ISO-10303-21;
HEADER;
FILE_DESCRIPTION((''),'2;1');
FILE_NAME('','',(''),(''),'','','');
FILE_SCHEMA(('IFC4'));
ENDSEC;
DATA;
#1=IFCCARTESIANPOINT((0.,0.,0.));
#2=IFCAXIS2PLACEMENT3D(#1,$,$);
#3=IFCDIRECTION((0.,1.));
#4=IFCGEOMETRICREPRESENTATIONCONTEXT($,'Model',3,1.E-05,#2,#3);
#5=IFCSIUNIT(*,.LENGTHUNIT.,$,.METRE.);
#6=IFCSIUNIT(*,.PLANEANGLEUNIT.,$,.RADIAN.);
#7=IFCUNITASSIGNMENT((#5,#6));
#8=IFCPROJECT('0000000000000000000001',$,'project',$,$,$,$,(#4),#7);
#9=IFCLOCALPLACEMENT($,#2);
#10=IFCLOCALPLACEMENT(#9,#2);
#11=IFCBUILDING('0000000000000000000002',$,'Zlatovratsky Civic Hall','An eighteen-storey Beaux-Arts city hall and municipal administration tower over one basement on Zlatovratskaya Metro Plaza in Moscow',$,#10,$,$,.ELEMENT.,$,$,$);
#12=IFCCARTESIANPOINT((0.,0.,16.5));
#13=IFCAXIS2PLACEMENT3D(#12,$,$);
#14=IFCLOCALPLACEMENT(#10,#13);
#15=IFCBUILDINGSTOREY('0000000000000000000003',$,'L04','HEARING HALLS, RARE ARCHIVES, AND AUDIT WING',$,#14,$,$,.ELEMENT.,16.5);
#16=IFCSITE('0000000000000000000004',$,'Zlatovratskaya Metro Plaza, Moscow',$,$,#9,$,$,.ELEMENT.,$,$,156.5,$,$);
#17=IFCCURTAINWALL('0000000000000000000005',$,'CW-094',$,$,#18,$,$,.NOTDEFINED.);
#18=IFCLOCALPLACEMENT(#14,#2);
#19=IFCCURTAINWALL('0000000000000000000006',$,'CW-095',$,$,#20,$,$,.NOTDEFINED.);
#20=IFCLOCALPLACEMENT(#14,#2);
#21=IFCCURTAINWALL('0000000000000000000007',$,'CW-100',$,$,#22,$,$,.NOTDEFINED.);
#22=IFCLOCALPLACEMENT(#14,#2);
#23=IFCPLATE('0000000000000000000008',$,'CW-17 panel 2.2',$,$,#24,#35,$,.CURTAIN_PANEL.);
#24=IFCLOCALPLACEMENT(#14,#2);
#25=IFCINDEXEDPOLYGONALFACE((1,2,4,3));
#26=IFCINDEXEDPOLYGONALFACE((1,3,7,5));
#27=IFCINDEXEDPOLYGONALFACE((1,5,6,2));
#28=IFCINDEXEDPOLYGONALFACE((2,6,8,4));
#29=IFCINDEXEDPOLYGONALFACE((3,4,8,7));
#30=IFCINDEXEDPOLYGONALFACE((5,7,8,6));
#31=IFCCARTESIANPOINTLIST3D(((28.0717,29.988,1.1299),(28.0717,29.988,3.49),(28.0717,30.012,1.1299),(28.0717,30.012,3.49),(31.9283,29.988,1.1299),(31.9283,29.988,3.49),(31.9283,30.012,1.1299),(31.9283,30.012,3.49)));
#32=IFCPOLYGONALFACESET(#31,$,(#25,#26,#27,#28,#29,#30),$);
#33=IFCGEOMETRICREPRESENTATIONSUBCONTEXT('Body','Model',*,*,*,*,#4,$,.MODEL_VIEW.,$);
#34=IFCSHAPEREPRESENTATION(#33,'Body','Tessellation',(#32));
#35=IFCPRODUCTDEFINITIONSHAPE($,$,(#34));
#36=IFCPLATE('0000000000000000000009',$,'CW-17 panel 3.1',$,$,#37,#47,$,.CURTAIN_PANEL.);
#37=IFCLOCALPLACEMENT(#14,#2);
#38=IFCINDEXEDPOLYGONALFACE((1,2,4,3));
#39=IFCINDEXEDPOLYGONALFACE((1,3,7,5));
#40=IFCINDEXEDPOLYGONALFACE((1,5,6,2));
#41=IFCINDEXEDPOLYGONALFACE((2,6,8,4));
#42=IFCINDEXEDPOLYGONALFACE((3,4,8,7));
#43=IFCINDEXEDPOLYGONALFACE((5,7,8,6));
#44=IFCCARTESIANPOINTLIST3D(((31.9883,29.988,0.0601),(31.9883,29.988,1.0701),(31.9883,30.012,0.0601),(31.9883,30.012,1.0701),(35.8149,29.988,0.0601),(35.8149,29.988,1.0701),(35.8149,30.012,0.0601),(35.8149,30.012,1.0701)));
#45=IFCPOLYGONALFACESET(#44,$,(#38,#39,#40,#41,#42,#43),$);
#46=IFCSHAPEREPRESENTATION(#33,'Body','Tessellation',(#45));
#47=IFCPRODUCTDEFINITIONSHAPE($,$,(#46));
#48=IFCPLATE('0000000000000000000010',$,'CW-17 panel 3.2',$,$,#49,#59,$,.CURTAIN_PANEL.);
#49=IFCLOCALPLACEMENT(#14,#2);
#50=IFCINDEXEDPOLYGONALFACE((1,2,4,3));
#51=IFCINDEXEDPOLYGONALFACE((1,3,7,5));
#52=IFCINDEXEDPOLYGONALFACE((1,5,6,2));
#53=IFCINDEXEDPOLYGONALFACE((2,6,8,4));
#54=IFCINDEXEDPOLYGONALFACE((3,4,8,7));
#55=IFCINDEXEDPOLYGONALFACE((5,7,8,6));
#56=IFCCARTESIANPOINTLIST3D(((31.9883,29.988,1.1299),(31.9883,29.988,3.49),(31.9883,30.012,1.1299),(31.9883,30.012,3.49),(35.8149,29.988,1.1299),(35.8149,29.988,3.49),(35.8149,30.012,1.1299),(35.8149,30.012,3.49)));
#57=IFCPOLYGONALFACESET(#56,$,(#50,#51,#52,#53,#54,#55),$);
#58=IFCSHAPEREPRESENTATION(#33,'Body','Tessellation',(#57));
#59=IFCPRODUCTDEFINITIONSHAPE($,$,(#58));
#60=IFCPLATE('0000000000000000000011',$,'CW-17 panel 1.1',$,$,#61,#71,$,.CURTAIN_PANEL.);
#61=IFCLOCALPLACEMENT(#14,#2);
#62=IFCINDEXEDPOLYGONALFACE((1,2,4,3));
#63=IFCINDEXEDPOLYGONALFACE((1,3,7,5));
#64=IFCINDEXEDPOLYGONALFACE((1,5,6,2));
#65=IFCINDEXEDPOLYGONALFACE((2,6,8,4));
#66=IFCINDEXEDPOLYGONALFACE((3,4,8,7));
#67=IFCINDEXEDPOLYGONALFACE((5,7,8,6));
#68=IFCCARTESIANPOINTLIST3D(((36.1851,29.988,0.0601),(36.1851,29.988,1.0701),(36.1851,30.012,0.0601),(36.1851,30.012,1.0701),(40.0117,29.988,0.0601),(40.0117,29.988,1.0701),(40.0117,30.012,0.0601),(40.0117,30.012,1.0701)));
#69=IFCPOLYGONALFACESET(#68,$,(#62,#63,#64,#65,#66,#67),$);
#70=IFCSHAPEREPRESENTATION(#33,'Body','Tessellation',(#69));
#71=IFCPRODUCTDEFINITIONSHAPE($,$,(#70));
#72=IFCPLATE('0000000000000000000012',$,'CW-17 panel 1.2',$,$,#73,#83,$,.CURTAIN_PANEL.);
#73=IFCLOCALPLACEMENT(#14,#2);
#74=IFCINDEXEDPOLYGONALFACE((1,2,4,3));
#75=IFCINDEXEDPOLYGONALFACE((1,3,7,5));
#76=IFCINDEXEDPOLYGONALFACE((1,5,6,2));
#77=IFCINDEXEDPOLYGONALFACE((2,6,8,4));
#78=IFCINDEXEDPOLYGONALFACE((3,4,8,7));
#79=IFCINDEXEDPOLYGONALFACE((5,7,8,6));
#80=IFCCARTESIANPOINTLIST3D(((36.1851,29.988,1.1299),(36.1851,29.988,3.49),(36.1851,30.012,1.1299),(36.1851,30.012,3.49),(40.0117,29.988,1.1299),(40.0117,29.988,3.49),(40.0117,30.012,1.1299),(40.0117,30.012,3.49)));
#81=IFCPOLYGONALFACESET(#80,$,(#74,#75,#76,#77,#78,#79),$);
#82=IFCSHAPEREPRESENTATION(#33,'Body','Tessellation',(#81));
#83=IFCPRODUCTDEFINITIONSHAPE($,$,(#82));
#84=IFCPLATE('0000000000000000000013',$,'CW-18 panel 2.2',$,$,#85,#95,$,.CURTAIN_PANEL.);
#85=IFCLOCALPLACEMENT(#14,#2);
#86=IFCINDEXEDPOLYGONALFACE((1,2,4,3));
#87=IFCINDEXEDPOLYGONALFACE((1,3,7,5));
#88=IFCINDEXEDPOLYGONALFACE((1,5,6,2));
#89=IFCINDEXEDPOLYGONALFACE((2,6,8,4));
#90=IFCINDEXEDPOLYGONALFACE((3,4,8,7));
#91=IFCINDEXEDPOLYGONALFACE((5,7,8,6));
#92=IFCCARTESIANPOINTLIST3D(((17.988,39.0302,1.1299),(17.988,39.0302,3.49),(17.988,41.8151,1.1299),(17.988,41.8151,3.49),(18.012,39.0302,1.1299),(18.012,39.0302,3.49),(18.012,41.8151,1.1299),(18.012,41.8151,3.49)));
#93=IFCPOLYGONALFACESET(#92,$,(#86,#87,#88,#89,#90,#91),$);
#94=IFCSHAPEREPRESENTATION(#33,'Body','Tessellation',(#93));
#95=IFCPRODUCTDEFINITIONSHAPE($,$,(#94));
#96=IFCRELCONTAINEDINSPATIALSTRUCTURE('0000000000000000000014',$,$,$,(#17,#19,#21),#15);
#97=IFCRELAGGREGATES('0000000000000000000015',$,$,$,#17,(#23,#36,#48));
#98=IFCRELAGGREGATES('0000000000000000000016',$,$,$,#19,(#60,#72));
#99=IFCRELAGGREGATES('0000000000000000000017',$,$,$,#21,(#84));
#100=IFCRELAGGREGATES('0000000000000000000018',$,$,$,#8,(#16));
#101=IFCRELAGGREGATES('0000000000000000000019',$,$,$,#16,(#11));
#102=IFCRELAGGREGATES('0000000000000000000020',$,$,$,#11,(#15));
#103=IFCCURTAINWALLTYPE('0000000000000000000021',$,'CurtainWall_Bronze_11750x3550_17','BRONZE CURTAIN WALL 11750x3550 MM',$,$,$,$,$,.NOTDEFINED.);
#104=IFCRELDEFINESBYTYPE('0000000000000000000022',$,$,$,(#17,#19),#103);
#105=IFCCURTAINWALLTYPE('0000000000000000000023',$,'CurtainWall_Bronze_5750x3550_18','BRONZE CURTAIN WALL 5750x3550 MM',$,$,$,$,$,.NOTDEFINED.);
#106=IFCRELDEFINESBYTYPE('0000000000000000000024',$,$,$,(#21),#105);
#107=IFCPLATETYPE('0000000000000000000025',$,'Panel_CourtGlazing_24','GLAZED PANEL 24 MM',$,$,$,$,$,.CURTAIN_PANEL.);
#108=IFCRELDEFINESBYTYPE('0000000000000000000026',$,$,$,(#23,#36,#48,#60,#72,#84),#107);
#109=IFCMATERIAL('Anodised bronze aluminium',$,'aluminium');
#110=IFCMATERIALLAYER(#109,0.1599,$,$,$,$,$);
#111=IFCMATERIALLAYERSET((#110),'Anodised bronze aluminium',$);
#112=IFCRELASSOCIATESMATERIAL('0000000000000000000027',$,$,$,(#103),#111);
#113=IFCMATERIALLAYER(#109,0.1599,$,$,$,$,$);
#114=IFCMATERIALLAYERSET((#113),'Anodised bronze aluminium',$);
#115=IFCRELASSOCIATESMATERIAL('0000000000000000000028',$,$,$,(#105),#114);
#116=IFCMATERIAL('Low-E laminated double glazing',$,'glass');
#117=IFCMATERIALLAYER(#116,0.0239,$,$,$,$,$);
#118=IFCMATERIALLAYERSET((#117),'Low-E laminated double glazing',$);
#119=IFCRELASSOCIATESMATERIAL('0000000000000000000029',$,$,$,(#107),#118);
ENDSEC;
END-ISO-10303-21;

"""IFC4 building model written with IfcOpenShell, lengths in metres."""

from ifc_helpers import new_model, si_unit, direction, frame, origin, origin_2d, place, context, subcontext, project, spatial, rectangle, extrude, material, layer, layer_set, type_object, element, aggregate, save


model = new_model("IFC4")

# Units and contexts
model_context = context("Model", 3, precision=1e-05, world=origin(), true_north=direction((0.0, 1.0)))
body_context = subcontext(model_context, "Body", "Model", "MODEL_VIEW")
ifc_project = project(units=[si_unit("LENGTHUNIT", "METRE"), si_unit("PLANEANGLEUNIT", "RADIAN")], contexts=[model_context])

# Site, building, storey
site_placement = place(None, origin())
site = spatial("IfcSite", under=ifc_project, at=site_placement, Name="Zlatovratskaya Metro Plaza, Moscow", CompositionType="ELEMENT", RefElevation=156.5)
building_placement = place(site_placement, origin())
building = spatial("IfcBuilding", under=site, at=building_placement, Name="Zlatovratsky Civic Hall", Description="An eighteen-storey Beaux-Arts city hall and municipal administration tower over one basement on Zlatovratskaya Metro Plaza in Moscow", CompositionType="ELEMENT")
storey_placement = place(building_placement, frame((0.0, 0.0, 16.5)))
storey = spatial("IfcBuildingStorey", under=building, at=storey_placement, Name="L04", Description="HEARING HALLS, RARE ARCHIVES, AND AUDIT WING", CompositionType="ELEMENT", Elevation=16.5)

# Curtain walls
ifc_material_1 = material(Name="Anodised bronze aluminium", Category="aluminium")
ifc_layer_1 = layer(ifc_material_1, 0.1599)
ifc_layer_set_1 = layer_set([ifc_layer_1], Name="Anodised bronze aluminium")
curtain_wall_type_1 = type_object("IfcCurtainWallType", Name="CurtainWall_Bronze_11750x3550_17", Description="BRONZE CURTAIN WALL 11750x3550 MM", PredefinedType="NOTDEFINED", material=ifc_layer_set_1)
curtain_wall_1_placement = place(storey_placement, origin())
curtain_wall_1 = element("IfcCurtainWall", 1, at=curtain_wall_1_placement, inside=storey, type_object=curtain_wall_type_1, Name="CW-094", PredefinedType="NOTDEFINED")
curtain_wall_2_placement = place(storey_placement, origin())
curtain_wall_2 = element("IfcCurtainWall", 2, at=curtain_wall_2_placement, inside=storey, type_object=curtain_wall_type_1, Name="CW-095", PredefinedType="NOTDEFINED")

# Curtain wall
ifc_layer_2 = layer(ifc_material_1, 0.1599)
ifc_layer_set_2 = layer_set([ifc_layer_2], Name="Anodised bronze aluminium")
curtain_wall_type_2 = type_object("IfcCurtainWallType", Name="CurtainWall_Bronze_5750x3550_18", Description="BRONZE CURTAIN WALL 5750x3550 MM", PredefinedType="NOTDEFINED", material=ifc_layer_set_2)
curtain_wall_3_placement = place(storey_placement, origin())
curtain_wall_3 = element("IfcCurtainWall", 3, at=curtain_wall_3_placement, inside=storey, type_object=curtain_wall_type_2, Name="CW-100", PredefinedType="NOTDEFINED")

# Plates
ifc_material_2 = material(Name="Low-E laminated double glazing", Category="glass")
ifc_layer_3 = layer(ifc_material_2, 0.0239)
ifc_layer_set_3 = layer_set([ifc_layer_3], Name="Low-E laminated double glazing")
plate_type = type_object("IfcPlateType", Name="Panel_CourtGlazing_24", Description="GLAZED PANEL 24 MM", PredefinedType="CURTAIN_PANEL", material=ifc_layer_set_3)
plate_1_placement = place(storey_placement, frame((30.0, 30.0, 1.1299), z_axis=(0.0, 0.0, 1.0), x_axis=(1.0, 0.0, 0.0)))
plate_1 = element("IfcPlate", 4, at=plate_1_placement, type_object=plate_type, Name="CW-17 panel 2.2", PredefinedType="CURTAIN_PANEL", context=body_context, shape_type="SweptSolid", body=[
    extrude(rectangle(XDim=3.8567, YDim=0.0239, at=origin_2d()), origin(), (0.0, 0.0, 1.0), 2.3601),
])
plate_2_placement = place(storey_placement, frame((33.9016, 30.0, 0.0601), z_axis=(0.0, 0.0, 1.0), x_axis=(1.0, 0.0, 0.0)))
plate_2 = element("IfcPlate", 5, at=plate_2_placement, type_object=plate_type, Name="CW-17 panel 3.1", PredefinedType="CURTAIN_PANEL", context=body_context, shape_type="SweptSolid", body=[
    extrude(rectangle(XDim=3.8267, YDim=0.0239, at=origin_2d()), origin(), (0.0, 0.0, 1.0), 1.01),
])
plate_3_placement = place(storey_placement, frame((33.9016, 30.0, 1.1299), z_axis=(0.0, 0.0, 1.0), x_axis=(1.0, 0.0, 0.0)))
plate_3 = element("IfcPlate", 6, at=plate_3_placement, type_object=plate_type, Name="CW-17 panel 3.2", PredefinedType="CURTAIN_PANEL", context=body_context, shape_type="SweptSolid", body=[
    extrude(rectangle(XDim=3.8267, YDim=0.0239, at=origin_2d()), origin(), (0.0, 0.0, 1.0), 2.3601),
])
aggregate(curtain_wall_1, [plate_1, plate_2, plate_3])
plate_4_placement = place(storey_placement, frame((38.0984, 30.0, 0.0601), z_axis=(0.0, 0.0, 1.0), x_axis=(1.0, 0.0, 0.0)))
plate_4 = element("IfcPlate", 7, at=plate_4_placement, type_object=plate_type, Name="CW-17 panel 1.1", PredefinedType="CURTAIN_PANEL", context=body_context, shape_type="SweptSolid", body=[
    extrude(rectangle(XDim=3.8267, YDim=0.0239, at=origin_2d()), origin(), (0.0, 0.0, 1.0), 1.01),
])
plate_5_placement = place(storey_placement, frame((38.0984, 30.0, 1.1299), z_axis=(0.0, 0.0, 1.0), x_axis=(1.0, 0.0, 0.0)))
plate_5 = element("IfcPlate", 8, at=plate_5_placement, type_object=plate_type, Name="CW-17 panel 1.2", PredefinedType="CURTAIN_PANEL", context=body_context, shape_type="SweptSolid", body=[
    extrude(rectangle(XDim=3.8267, YDim=0.0239, at=origin_2d()), origin(), (0.0, 0.0, 1.0), 2.3601),
])
aggregate(curtain_wall_2, [plate_4, plate_5])
plate_6_placement = place(storey_placement, frame((18.0, 40.4226, 1.1299), z_axis=(0.0, 0.0, 1.0), x_axis=(0.0, 1.0, 0.0)))
plate_6 = element("IfcPlate", 9, at=plate_6_placement, type_object=plate_type, Name="CW-18 panel 2.2", PredefinedType="CURTAIN_PANEL", context=body_context, shape_type="SweptSolid", body=[
    extrude(rectangle(XDim=2.7849, YDim=0.0239, at=origin_2d()), origin(), (0.0, 0.0, 1.0), 2.3601),
])
aggregate(curtain_wall_3, [plate_6])

save(model, "model.ifc")
